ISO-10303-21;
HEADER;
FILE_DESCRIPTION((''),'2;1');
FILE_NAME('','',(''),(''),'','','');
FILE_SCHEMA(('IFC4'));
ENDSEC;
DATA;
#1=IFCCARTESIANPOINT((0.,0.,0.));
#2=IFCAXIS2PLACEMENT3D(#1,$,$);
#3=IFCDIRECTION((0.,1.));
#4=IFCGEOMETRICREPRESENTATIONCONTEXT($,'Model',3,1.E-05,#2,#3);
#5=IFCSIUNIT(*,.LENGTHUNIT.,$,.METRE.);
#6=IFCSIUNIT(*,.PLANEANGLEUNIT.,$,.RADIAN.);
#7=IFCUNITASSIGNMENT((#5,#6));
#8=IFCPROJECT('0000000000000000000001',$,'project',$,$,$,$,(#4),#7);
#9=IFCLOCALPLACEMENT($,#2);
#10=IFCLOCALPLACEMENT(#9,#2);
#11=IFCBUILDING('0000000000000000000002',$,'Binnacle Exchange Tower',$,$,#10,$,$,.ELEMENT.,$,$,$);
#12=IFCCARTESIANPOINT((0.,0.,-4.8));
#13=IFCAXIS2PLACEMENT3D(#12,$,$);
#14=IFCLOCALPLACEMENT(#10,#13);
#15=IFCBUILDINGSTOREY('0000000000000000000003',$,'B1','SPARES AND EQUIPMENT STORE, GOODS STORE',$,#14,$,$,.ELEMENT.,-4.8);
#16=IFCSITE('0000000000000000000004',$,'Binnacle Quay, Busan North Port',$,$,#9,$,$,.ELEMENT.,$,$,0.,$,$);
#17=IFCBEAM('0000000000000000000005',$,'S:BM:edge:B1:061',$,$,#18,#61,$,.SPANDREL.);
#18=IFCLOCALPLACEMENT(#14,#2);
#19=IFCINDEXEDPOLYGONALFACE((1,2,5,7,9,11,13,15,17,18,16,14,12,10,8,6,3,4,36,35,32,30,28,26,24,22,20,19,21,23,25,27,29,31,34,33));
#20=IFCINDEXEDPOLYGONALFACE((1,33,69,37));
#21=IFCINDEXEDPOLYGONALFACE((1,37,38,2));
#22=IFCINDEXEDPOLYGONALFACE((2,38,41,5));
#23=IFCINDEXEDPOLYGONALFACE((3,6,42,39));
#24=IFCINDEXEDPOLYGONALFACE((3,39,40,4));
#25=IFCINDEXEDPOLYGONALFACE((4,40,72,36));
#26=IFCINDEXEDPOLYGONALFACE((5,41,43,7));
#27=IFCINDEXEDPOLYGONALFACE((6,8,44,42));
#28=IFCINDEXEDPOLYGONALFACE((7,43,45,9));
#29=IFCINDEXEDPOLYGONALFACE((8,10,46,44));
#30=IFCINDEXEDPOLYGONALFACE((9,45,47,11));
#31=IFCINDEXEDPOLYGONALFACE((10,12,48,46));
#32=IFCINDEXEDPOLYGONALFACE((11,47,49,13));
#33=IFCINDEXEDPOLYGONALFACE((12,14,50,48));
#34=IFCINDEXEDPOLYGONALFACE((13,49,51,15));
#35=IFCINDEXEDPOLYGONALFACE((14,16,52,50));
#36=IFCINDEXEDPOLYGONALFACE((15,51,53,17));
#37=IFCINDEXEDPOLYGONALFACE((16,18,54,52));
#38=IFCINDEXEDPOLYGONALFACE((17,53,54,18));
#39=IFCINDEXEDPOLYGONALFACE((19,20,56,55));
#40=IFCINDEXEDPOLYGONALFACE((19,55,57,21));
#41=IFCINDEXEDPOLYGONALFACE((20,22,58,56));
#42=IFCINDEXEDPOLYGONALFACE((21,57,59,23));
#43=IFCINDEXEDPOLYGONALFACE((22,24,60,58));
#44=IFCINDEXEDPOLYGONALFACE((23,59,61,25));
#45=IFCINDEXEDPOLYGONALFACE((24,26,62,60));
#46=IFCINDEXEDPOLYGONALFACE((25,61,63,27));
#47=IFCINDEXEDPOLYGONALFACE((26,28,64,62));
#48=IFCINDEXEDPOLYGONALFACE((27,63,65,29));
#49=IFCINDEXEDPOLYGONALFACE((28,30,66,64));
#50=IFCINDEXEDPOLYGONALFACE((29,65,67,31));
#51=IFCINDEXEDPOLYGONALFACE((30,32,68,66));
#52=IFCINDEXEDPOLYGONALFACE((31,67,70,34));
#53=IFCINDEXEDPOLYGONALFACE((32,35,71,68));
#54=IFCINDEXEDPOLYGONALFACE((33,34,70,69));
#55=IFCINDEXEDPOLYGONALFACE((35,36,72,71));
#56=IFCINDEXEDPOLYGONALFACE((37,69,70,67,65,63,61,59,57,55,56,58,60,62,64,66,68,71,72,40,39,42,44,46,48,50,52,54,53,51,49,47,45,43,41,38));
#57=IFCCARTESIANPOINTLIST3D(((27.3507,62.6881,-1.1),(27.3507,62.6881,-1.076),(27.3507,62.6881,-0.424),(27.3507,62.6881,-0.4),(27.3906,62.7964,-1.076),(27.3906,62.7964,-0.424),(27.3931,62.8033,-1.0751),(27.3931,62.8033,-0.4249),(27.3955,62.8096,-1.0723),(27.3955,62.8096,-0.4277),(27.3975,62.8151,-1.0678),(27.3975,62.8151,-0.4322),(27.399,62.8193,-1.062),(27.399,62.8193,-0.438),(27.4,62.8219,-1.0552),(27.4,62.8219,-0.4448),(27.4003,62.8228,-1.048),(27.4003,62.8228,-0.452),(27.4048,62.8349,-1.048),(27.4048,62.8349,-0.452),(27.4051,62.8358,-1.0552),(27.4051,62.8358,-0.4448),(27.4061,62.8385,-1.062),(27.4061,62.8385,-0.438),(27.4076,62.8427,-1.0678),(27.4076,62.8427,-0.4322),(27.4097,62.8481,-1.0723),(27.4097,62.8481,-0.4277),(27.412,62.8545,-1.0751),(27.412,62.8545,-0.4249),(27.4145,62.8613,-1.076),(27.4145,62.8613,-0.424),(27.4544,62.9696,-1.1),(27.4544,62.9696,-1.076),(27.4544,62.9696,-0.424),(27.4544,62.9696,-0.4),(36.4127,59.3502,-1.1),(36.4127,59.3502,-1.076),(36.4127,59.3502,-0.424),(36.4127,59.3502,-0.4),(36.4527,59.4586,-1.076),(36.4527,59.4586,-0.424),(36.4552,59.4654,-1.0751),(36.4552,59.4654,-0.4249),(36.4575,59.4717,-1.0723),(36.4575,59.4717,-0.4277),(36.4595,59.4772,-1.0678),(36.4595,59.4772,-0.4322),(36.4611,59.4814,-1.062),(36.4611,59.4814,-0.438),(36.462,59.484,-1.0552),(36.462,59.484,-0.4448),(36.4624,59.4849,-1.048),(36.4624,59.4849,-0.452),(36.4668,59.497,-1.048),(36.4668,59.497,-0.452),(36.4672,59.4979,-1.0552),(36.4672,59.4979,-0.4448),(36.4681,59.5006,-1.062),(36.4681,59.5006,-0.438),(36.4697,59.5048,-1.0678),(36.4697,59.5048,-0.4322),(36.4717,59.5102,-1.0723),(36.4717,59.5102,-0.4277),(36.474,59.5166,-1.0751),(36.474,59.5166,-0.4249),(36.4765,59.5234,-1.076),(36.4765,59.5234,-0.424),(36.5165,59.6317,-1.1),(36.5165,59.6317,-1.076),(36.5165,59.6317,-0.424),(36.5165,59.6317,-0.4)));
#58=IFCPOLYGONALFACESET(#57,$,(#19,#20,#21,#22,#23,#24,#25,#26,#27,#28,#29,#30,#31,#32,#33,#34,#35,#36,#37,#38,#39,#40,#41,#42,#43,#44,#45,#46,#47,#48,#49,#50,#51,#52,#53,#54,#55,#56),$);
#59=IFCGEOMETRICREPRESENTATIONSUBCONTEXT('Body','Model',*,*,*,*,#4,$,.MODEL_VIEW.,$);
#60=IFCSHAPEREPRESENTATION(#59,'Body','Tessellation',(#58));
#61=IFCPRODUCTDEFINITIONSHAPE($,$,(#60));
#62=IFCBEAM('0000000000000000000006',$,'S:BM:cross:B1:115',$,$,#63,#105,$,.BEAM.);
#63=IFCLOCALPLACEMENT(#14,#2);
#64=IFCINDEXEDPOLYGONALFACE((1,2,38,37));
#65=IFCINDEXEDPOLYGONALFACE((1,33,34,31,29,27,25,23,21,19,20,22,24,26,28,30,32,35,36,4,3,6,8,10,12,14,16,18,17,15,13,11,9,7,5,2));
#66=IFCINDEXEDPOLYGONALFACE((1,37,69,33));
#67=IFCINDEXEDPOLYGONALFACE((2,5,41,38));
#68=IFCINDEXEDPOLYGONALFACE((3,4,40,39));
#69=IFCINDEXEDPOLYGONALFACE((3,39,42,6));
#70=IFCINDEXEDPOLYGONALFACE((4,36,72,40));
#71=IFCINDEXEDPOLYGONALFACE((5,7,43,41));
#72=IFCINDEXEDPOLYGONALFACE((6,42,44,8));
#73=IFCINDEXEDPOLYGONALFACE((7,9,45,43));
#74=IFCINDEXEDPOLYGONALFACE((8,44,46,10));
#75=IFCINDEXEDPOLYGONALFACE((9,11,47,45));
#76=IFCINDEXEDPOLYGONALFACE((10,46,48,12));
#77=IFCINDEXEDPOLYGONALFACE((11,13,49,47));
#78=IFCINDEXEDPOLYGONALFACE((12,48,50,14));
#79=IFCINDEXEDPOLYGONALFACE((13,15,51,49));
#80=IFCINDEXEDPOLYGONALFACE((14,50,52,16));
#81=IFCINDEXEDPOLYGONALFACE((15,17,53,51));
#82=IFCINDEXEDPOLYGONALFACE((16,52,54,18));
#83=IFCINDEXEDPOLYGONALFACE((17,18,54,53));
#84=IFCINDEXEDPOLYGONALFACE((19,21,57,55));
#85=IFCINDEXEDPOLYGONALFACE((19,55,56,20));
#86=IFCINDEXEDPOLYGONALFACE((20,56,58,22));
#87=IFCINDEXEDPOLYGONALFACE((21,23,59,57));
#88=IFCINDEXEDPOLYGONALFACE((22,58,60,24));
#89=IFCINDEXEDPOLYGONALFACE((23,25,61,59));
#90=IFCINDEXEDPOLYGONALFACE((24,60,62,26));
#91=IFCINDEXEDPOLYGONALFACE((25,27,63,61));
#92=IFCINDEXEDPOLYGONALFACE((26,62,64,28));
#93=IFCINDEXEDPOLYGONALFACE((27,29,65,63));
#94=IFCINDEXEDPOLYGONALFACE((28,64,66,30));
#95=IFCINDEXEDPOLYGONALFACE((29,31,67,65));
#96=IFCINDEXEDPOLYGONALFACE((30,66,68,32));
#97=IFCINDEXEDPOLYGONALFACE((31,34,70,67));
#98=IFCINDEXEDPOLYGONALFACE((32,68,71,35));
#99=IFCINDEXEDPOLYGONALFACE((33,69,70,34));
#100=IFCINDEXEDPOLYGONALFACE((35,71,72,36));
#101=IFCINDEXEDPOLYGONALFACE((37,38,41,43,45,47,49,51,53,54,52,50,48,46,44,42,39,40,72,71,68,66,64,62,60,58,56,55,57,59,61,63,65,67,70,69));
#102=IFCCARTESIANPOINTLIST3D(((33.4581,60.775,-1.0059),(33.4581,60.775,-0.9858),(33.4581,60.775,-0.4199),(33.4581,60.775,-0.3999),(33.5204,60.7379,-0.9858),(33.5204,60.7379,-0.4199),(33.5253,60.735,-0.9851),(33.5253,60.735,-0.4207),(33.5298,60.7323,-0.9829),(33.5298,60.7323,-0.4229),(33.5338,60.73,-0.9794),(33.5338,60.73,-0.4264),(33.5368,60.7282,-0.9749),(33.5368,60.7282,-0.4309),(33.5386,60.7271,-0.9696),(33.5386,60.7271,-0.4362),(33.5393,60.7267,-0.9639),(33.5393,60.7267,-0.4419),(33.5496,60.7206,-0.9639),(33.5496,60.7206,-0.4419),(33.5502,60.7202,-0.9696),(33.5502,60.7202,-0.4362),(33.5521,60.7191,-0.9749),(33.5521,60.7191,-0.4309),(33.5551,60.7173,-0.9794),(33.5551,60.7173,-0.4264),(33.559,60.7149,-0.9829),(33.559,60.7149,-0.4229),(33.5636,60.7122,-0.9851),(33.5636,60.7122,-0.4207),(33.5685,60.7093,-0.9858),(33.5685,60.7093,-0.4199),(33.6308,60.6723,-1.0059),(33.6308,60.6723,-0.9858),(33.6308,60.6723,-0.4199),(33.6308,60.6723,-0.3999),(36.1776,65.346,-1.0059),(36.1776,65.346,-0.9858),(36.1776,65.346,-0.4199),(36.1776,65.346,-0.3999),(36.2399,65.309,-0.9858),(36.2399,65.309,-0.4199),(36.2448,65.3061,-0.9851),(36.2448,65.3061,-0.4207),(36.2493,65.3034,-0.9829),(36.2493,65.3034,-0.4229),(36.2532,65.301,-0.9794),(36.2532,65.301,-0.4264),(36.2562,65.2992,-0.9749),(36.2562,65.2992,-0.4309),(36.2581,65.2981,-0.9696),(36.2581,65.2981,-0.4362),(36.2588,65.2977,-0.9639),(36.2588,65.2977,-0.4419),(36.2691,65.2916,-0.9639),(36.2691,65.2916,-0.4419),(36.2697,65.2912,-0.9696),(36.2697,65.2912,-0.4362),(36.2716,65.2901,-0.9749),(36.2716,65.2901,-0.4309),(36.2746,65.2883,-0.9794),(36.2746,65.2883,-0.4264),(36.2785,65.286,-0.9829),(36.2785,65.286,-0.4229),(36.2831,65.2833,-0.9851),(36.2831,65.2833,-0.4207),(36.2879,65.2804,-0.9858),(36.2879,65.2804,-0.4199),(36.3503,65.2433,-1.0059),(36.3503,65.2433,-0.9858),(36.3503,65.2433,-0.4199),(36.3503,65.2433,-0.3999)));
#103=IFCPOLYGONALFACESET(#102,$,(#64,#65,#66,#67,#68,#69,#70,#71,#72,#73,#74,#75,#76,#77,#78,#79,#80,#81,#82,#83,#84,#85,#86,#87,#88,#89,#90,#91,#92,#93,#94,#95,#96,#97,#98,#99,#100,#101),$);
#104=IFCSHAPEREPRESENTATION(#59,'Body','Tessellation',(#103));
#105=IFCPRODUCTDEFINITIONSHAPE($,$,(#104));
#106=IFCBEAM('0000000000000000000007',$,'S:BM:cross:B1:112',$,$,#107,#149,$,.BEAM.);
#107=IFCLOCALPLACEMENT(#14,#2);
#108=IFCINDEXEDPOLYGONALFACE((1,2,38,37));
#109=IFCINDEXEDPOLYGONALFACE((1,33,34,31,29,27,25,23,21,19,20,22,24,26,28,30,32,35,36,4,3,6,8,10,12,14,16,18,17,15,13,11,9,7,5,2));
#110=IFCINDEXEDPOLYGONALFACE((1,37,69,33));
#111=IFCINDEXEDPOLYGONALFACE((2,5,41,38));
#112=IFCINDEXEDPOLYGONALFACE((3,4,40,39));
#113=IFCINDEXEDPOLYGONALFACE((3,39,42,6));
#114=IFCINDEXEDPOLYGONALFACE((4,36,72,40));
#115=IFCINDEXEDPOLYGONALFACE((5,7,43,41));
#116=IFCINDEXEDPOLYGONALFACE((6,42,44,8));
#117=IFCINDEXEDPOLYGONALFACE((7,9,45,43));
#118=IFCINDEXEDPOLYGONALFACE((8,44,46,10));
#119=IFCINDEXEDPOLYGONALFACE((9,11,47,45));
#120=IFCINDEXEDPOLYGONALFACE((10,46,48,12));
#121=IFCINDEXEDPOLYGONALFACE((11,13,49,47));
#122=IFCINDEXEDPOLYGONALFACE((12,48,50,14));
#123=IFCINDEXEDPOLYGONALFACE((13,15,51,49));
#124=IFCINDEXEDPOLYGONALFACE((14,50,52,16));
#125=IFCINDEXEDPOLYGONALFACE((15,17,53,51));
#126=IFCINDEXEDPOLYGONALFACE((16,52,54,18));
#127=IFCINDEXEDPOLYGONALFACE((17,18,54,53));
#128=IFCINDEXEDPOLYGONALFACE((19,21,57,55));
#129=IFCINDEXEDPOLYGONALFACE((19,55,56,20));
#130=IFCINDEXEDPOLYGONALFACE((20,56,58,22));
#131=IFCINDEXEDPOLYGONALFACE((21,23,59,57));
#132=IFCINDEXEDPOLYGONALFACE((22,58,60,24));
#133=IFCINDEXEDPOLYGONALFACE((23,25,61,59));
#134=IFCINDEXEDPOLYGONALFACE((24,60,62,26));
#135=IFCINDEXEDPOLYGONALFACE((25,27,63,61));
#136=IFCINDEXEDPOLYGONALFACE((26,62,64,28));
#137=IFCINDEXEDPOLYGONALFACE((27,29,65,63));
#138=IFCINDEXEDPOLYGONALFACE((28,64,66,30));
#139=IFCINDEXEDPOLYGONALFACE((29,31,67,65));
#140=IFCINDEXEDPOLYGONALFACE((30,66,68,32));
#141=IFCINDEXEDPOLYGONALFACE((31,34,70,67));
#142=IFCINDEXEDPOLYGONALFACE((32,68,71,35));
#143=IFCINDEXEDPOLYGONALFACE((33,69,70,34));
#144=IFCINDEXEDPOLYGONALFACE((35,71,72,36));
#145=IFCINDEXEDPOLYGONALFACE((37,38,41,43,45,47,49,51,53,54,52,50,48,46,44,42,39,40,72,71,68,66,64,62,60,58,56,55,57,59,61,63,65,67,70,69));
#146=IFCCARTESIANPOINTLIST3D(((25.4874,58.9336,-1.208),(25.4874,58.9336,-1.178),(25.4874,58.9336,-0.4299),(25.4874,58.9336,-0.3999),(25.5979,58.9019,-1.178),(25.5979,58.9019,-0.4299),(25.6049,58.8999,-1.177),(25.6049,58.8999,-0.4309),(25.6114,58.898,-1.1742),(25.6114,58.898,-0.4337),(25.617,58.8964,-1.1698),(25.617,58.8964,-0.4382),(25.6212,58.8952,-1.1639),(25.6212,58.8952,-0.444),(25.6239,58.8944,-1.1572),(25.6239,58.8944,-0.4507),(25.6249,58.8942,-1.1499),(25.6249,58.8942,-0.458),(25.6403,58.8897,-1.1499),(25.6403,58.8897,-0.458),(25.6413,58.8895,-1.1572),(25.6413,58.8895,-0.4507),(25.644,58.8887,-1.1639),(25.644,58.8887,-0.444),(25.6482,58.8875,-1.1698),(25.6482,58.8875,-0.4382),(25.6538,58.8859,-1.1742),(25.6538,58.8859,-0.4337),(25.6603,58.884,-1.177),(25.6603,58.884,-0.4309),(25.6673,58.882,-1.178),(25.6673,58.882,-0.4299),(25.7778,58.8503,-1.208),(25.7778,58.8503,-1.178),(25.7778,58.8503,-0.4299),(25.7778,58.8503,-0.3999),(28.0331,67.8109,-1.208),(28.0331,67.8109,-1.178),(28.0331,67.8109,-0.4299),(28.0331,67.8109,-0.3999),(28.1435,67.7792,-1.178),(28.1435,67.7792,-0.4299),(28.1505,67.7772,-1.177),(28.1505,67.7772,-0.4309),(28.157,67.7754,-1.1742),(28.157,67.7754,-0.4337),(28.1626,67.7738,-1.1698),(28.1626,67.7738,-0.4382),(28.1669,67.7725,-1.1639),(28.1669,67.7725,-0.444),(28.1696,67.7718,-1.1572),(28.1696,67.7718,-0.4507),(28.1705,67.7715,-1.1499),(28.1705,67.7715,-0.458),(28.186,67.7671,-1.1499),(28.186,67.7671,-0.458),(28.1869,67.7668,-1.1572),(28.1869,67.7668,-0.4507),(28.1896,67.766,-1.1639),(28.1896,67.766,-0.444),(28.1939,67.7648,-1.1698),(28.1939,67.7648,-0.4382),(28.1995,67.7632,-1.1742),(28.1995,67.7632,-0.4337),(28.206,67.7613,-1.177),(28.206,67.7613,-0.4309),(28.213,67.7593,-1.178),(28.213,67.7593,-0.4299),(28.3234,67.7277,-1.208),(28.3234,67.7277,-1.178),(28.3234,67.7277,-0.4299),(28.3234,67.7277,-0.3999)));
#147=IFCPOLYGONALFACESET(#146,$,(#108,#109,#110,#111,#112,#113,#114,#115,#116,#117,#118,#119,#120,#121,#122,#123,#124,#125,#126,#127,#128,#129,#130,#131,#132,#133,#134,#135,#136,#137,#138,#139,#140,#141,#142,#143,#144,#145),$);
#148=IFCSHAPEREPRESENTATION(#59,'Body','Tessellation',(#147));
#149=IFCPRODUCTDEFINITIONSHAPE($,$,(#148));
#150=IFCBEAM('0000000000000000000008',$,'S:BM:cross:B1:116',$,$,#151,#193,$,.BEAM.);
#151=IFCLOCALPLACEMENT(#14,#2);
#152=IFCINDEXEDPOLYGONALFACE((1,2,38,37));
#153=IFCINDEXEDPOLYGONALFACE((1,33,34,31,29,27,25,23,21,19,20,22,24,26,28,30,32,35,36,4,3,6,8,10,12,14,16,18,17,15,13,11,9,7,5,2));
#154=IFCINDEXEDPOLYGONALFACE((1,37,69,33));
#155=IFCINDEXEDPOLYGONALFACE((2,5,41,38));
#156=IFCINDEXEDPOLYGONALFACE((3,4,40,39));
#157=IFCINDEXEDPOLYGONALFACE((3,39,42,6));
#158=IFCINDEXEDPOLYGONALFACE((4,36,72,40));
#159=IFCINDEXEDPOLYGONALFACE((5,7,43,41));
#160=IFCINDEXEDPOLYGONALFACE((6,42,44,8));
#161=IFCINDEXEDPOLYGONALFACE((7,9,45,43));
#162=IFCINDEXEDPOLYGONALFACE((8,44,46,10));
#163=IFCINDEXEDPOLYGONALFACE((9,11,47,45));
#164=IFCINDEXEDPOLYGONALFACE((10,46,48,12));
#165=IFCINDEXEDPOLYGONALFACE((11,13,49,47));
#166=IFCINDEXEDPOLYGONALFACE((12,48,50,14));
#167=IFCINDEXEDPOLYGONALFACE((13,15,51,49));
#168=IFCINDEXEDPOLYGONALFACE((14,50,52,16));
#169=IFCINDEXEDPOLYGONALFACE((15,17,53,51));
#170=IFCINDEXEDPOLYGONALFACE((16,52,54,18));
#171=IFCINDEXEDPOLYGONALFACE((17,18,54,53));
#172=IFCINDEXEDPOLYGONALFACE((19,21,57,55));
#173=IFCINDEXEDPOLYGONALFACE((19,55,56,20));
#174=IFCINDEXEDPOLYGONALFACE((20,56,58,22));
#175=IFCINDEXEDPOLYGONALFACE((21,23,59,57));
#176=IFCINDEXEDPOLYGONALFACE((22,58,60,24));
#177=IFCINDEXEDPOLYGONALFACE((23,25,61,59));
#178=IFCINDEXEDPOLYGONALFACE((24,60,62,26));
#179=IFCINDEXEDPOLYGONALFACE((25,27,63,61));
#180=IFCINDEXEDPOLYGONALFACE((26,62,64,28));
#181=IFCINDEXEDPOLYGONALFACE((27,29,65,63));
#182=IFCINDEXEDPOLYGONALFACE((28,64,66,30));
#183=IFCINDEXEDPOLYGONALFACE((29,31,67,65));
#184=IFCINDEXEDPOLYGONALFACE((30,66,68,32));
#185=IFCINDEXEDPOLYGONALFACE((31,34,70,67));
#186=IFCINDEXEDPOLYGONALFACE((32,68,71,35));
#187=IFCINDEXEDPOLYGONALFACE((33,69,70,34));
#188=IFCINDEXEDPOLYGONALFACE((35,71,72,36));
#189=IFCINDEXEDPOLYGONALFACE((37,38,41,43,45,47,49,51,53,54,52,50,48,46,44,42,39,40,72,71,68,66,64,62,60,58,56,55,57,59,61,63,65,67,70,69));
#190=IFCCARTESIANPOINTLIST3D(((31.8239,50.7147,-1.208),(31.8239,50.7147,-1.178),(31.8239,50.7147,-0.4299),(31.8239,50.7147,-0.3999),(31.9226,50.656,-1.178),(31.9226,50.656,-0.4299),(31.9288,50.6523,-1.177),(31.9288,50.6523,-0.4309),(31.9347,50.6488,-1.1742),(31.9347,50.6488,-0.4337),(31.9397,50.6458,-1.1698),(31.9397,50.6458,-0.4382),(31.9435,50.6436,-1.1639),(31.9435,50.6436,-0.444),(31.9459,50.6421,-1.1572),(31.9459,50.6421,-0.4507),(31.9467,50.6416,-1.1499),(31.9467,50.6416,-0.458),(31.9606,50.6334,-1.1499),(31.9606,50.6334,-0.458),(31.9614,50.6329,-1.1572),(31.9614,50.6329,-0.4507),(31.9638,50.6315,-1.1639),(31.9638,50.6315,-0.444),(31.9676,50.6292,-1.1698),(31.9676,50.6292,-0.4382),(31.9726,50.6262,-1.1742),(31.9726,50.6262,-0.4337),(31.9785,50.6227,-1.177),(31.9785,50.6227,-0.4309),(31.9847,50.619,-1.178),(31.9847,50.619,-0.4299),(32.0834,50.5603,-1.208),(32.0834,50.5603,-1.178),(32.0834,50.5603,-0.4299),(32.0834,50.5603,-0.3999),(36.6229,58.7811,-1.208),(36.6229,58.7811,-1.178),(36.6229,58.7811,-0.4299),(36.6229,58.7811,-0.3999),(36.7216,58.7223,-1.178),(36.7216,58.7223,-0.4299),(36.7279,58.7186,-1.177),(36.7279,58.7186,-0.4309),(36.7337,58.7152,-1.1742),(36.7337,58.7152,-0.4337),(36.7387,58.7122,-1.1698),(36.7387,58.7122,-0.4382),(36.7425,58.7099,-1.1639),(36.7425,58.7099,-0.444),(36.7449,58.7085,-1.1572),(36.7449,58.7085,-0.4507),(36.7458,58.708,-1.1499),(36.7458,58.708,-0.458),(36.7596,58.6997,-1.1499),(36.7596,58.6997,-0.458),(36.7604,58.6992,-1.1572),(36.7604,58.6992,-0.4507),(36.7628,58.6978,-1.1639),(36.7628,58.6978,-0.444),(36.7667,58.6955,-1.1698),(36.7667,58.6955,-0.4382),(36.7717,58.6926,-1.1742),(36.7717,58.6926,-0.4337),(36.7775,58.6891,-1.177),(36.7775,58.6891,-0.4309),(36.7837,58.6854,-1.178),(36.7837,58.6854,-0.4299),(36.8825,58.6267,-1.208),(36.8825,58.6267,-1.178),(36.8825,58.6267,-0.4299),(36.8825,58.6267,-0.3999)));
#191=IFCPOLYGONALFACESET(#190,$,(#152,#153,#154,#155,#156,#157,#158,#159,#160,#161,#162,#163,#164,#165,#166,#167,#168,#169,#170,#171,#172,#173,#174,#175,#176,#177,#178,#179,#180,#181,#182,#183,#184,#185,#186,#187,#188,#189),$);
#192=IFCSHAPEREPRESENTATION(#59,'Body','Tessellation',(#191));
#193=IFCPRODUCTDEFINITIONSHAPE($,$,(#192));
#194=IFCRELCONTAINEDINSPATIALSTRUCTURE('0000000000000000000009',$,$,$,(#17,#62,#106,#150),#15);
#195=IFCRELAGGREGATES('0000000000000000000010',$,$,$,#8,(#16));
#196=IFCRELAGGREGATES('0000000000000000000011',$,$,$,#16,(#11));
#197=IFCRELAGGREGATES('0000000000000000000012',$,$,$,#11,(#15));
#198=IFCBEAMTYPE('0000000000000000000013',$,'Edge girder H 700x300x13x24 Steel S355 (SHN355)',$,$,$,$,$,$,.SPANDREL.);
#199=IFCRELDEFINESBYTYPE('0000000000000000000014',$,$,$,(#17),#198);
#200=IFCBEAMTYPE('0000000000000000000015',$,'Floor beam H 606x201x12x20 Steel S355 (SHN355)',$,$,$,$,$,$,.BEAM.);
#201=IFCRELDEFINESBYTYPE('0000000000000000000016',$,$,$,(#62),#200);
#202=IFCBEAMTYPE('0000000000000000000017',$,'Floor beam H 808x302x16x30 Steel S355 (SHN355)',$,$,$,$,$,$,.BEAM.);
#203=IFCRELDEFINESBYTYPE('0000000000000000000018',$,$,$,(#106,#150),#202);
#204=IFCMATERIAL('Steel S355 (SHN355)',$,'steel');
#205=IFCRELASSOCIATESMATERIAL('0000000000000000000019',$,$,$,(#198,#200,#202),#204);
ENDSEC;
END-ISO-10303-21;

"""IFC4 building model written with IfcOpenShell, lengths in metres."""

from ifc_helpers import new_model, si_unit, direction, frame, origin, origin_2d, place, context, subcontext, project, spatial, i_section, extrude, material, material_profile, profile_set, type_object, element, save


model = new_model("IFC4")

# Units and contexts
model_context = context("Model", 3, precision=1e-05, world=origin(), true_north=direction((0.0, 1.0)))
body_context = subcontext(model_context, "Body", "Model", "MODEL_VIEW")
ifc_project = project(units=[si_unit("LENGTHUNIT", "METRE"), si_unit("PLANEANGLEUNIT", "RADIAN")], contexts=[model_context])

# Site, building, storey
site_placement = place(None, origin())
site = spatial("IfcSite", under=ifc_project, at=site_placement, Name="Binnacle Quay, Busan North Port", CompositionType="ELEMENT", RefElevation=0.0)
building_placement = place(site_placement, origin())
building = spatial("IfcBuilding", under=site, at=building_placement, Name="Binnacle Exchange Tower", CompositionType="ELEMENT")
storey_placement = place(building_placement, frame((0.0, 0.0, -4.8)))
storey = spatial("IfcBuildingStorey", under=building, at=storey_placement, Name="B1", Description="SPARES AND EQUIPMENT STORE, GOODS STORE", CompositionType="ELEMENT", Elevation=-4.8)

# Beams
ifc_material_1 = material(Name="Steel S355 (SHN355)", Category="steel")
ifc_material_profile_1 = material_profile(ifc_material_1, i_section(OverallWidth=0.3, OverallDepth=0.7, WebThickness=0.0129, FlangeThickness=0.0239, FilletRadius=0.0281, at=origin_2d()), Name="H 700x300x13x24")
ifc_profile_set_1 = profile_set([ifc_material_profile_1], Name="Steel S355 (SHN355)")
beam_type_1 = type_object("IfcBeamType", Name="Edge girder H 700x300x13x24 Steel S355 (SHN355)", PredefinedType="SPANDREL", material=ifc_profile_set_1)
beam_1_placement = place(storey_placement, frame((36.4646, 59.491, -0.75), z_axis=(-0.938368, 0.345637, 0.0), x_axis=(-0.345637, -0.938368, 0.0)))
element("IfcBeam", 1, at=beam_1_placement, inside=storey, type_object=beam_type_1, Name="S:BM:edge:B1:061", PredefinedType="SPANDREL", context=body_context, shape_type="SweptSolid", body=[
    extrude(i_section(OverallWidth=0.3, OverallDepth=0.7, WebThickness=0.0129, FlangeThickness=0.0239, FilletRadius=0.0281, at=origin_2d()), origin(), (0.0, 0.0, 1.0), 9.6572),
])
ifc_material_profile_2 = material_profile(ifc_material_1, i_section(OverallWidth=0.2009, OverallDepth=0.606, WebThickness=0.012, FlangeThickness=0.02, FilletRadius=0.022, at=origin_2d()), Name="H 606x201x12x20")
ifc_profile_set_2 = profile_set([ifc_material_profile_2], Name="Steel S355 (SHN355)")
beam_type_2 = type_object("IfcBeamType", Name="Floor beam H 606x201x12x20 Steel S355 (SHN355)", PredefinedType="BEAM", material=ifc_profile_set_2)
beam_2_placement = place(storey_placement, frame((36.2639, 65.2947, -0.7029), z_axis=(-0.511293, -0.859407, 0.0), x_axis=(0.859407, -0.511293, 0.0)))
element("IfcBeam", 2, at=beam_2_placement, inside=storey, type_object=beam_type_2, Name="S:BM:cross:B1:115", PredefinedType="BEAM", context=body_context, shape_type="SweptSolid", body=[
    extrude(i_section(OverallWidth=0.2009, OverallDepth=0.606, WebThickness=0.012, FlangeThickness=0.02, FilletRadius=0.022, at=origin_2d()), origin(), (0.0, 0.0, 1.0), 5.3188),
])
ifc_material_profile_3 = material_profile(ifc_material_1, i_section(OverallWidth=0.302, OverallDepth=0.8081, WebThickness=0.0161, FlangeThickness=0.03, FilletRadius=0.0281, at=origin_2d()), Name="H 808x302x16x30")
ifc_profile_set_3 = profile_set([ifc_material_profile_3], Name="Steel S355 (SHN355)")
beam_type_3 = type_object("IfcBeamType", Name="Floor beam H 808x302x16x30 Steel S355 (SHN355)", PredefinedType="BEAM", material=ifc_profile_set_3)
beam_3_placement = place(storey_placement, frame((28.1782, 67.7693, -0.804), z_axis=(-0.275646, -0.961259, 0.0), x_axis=(0.961259, -0.275646, 0.0)))
element("IfcBeam", 3, at=beam_3_placement, inside=storey, type_object=beam_type_3, Name="S:BM:cross:B1:112", PredefinedType="BEAM", context=body_context, shape_type="SweptSolid", body=[
    extrude(i_section(OverallWidth=0.302, OverallDepth=0.8081, WebThickness=0.0161, FlangeThickness=0.03, FilletRadius=0.0281, at=origin_2d()), origin(), (0.0, 0.0, 1.0), 9.2351),
])
beam_4_placement = place(storey_placement, frame((36.7527, 58.7039, -0.804), z_axis=(-0.511298, -0.859403, 0.0), x_axis=(0.859403, -0.511298, 0.0)))
element("IfcBeam", 4, at=beam_4_placement, inside=storey, type_object=beam_type_3, Name="S:BM:cross:B1:116", PredefinedType="BEAM", context=body_context, shape_type="SweptSolid", body=[
    extrude(i_section(OverallWidth=0.302, OverallDepth=0.8081, WebThickness=0.0161, FlangeThickness=0.03, FilletRadius=0.0281, at=origin_2d()), origin(), (0.0, 0.0, 1.0), 9.386),
])

save(model, "model.ifc")
